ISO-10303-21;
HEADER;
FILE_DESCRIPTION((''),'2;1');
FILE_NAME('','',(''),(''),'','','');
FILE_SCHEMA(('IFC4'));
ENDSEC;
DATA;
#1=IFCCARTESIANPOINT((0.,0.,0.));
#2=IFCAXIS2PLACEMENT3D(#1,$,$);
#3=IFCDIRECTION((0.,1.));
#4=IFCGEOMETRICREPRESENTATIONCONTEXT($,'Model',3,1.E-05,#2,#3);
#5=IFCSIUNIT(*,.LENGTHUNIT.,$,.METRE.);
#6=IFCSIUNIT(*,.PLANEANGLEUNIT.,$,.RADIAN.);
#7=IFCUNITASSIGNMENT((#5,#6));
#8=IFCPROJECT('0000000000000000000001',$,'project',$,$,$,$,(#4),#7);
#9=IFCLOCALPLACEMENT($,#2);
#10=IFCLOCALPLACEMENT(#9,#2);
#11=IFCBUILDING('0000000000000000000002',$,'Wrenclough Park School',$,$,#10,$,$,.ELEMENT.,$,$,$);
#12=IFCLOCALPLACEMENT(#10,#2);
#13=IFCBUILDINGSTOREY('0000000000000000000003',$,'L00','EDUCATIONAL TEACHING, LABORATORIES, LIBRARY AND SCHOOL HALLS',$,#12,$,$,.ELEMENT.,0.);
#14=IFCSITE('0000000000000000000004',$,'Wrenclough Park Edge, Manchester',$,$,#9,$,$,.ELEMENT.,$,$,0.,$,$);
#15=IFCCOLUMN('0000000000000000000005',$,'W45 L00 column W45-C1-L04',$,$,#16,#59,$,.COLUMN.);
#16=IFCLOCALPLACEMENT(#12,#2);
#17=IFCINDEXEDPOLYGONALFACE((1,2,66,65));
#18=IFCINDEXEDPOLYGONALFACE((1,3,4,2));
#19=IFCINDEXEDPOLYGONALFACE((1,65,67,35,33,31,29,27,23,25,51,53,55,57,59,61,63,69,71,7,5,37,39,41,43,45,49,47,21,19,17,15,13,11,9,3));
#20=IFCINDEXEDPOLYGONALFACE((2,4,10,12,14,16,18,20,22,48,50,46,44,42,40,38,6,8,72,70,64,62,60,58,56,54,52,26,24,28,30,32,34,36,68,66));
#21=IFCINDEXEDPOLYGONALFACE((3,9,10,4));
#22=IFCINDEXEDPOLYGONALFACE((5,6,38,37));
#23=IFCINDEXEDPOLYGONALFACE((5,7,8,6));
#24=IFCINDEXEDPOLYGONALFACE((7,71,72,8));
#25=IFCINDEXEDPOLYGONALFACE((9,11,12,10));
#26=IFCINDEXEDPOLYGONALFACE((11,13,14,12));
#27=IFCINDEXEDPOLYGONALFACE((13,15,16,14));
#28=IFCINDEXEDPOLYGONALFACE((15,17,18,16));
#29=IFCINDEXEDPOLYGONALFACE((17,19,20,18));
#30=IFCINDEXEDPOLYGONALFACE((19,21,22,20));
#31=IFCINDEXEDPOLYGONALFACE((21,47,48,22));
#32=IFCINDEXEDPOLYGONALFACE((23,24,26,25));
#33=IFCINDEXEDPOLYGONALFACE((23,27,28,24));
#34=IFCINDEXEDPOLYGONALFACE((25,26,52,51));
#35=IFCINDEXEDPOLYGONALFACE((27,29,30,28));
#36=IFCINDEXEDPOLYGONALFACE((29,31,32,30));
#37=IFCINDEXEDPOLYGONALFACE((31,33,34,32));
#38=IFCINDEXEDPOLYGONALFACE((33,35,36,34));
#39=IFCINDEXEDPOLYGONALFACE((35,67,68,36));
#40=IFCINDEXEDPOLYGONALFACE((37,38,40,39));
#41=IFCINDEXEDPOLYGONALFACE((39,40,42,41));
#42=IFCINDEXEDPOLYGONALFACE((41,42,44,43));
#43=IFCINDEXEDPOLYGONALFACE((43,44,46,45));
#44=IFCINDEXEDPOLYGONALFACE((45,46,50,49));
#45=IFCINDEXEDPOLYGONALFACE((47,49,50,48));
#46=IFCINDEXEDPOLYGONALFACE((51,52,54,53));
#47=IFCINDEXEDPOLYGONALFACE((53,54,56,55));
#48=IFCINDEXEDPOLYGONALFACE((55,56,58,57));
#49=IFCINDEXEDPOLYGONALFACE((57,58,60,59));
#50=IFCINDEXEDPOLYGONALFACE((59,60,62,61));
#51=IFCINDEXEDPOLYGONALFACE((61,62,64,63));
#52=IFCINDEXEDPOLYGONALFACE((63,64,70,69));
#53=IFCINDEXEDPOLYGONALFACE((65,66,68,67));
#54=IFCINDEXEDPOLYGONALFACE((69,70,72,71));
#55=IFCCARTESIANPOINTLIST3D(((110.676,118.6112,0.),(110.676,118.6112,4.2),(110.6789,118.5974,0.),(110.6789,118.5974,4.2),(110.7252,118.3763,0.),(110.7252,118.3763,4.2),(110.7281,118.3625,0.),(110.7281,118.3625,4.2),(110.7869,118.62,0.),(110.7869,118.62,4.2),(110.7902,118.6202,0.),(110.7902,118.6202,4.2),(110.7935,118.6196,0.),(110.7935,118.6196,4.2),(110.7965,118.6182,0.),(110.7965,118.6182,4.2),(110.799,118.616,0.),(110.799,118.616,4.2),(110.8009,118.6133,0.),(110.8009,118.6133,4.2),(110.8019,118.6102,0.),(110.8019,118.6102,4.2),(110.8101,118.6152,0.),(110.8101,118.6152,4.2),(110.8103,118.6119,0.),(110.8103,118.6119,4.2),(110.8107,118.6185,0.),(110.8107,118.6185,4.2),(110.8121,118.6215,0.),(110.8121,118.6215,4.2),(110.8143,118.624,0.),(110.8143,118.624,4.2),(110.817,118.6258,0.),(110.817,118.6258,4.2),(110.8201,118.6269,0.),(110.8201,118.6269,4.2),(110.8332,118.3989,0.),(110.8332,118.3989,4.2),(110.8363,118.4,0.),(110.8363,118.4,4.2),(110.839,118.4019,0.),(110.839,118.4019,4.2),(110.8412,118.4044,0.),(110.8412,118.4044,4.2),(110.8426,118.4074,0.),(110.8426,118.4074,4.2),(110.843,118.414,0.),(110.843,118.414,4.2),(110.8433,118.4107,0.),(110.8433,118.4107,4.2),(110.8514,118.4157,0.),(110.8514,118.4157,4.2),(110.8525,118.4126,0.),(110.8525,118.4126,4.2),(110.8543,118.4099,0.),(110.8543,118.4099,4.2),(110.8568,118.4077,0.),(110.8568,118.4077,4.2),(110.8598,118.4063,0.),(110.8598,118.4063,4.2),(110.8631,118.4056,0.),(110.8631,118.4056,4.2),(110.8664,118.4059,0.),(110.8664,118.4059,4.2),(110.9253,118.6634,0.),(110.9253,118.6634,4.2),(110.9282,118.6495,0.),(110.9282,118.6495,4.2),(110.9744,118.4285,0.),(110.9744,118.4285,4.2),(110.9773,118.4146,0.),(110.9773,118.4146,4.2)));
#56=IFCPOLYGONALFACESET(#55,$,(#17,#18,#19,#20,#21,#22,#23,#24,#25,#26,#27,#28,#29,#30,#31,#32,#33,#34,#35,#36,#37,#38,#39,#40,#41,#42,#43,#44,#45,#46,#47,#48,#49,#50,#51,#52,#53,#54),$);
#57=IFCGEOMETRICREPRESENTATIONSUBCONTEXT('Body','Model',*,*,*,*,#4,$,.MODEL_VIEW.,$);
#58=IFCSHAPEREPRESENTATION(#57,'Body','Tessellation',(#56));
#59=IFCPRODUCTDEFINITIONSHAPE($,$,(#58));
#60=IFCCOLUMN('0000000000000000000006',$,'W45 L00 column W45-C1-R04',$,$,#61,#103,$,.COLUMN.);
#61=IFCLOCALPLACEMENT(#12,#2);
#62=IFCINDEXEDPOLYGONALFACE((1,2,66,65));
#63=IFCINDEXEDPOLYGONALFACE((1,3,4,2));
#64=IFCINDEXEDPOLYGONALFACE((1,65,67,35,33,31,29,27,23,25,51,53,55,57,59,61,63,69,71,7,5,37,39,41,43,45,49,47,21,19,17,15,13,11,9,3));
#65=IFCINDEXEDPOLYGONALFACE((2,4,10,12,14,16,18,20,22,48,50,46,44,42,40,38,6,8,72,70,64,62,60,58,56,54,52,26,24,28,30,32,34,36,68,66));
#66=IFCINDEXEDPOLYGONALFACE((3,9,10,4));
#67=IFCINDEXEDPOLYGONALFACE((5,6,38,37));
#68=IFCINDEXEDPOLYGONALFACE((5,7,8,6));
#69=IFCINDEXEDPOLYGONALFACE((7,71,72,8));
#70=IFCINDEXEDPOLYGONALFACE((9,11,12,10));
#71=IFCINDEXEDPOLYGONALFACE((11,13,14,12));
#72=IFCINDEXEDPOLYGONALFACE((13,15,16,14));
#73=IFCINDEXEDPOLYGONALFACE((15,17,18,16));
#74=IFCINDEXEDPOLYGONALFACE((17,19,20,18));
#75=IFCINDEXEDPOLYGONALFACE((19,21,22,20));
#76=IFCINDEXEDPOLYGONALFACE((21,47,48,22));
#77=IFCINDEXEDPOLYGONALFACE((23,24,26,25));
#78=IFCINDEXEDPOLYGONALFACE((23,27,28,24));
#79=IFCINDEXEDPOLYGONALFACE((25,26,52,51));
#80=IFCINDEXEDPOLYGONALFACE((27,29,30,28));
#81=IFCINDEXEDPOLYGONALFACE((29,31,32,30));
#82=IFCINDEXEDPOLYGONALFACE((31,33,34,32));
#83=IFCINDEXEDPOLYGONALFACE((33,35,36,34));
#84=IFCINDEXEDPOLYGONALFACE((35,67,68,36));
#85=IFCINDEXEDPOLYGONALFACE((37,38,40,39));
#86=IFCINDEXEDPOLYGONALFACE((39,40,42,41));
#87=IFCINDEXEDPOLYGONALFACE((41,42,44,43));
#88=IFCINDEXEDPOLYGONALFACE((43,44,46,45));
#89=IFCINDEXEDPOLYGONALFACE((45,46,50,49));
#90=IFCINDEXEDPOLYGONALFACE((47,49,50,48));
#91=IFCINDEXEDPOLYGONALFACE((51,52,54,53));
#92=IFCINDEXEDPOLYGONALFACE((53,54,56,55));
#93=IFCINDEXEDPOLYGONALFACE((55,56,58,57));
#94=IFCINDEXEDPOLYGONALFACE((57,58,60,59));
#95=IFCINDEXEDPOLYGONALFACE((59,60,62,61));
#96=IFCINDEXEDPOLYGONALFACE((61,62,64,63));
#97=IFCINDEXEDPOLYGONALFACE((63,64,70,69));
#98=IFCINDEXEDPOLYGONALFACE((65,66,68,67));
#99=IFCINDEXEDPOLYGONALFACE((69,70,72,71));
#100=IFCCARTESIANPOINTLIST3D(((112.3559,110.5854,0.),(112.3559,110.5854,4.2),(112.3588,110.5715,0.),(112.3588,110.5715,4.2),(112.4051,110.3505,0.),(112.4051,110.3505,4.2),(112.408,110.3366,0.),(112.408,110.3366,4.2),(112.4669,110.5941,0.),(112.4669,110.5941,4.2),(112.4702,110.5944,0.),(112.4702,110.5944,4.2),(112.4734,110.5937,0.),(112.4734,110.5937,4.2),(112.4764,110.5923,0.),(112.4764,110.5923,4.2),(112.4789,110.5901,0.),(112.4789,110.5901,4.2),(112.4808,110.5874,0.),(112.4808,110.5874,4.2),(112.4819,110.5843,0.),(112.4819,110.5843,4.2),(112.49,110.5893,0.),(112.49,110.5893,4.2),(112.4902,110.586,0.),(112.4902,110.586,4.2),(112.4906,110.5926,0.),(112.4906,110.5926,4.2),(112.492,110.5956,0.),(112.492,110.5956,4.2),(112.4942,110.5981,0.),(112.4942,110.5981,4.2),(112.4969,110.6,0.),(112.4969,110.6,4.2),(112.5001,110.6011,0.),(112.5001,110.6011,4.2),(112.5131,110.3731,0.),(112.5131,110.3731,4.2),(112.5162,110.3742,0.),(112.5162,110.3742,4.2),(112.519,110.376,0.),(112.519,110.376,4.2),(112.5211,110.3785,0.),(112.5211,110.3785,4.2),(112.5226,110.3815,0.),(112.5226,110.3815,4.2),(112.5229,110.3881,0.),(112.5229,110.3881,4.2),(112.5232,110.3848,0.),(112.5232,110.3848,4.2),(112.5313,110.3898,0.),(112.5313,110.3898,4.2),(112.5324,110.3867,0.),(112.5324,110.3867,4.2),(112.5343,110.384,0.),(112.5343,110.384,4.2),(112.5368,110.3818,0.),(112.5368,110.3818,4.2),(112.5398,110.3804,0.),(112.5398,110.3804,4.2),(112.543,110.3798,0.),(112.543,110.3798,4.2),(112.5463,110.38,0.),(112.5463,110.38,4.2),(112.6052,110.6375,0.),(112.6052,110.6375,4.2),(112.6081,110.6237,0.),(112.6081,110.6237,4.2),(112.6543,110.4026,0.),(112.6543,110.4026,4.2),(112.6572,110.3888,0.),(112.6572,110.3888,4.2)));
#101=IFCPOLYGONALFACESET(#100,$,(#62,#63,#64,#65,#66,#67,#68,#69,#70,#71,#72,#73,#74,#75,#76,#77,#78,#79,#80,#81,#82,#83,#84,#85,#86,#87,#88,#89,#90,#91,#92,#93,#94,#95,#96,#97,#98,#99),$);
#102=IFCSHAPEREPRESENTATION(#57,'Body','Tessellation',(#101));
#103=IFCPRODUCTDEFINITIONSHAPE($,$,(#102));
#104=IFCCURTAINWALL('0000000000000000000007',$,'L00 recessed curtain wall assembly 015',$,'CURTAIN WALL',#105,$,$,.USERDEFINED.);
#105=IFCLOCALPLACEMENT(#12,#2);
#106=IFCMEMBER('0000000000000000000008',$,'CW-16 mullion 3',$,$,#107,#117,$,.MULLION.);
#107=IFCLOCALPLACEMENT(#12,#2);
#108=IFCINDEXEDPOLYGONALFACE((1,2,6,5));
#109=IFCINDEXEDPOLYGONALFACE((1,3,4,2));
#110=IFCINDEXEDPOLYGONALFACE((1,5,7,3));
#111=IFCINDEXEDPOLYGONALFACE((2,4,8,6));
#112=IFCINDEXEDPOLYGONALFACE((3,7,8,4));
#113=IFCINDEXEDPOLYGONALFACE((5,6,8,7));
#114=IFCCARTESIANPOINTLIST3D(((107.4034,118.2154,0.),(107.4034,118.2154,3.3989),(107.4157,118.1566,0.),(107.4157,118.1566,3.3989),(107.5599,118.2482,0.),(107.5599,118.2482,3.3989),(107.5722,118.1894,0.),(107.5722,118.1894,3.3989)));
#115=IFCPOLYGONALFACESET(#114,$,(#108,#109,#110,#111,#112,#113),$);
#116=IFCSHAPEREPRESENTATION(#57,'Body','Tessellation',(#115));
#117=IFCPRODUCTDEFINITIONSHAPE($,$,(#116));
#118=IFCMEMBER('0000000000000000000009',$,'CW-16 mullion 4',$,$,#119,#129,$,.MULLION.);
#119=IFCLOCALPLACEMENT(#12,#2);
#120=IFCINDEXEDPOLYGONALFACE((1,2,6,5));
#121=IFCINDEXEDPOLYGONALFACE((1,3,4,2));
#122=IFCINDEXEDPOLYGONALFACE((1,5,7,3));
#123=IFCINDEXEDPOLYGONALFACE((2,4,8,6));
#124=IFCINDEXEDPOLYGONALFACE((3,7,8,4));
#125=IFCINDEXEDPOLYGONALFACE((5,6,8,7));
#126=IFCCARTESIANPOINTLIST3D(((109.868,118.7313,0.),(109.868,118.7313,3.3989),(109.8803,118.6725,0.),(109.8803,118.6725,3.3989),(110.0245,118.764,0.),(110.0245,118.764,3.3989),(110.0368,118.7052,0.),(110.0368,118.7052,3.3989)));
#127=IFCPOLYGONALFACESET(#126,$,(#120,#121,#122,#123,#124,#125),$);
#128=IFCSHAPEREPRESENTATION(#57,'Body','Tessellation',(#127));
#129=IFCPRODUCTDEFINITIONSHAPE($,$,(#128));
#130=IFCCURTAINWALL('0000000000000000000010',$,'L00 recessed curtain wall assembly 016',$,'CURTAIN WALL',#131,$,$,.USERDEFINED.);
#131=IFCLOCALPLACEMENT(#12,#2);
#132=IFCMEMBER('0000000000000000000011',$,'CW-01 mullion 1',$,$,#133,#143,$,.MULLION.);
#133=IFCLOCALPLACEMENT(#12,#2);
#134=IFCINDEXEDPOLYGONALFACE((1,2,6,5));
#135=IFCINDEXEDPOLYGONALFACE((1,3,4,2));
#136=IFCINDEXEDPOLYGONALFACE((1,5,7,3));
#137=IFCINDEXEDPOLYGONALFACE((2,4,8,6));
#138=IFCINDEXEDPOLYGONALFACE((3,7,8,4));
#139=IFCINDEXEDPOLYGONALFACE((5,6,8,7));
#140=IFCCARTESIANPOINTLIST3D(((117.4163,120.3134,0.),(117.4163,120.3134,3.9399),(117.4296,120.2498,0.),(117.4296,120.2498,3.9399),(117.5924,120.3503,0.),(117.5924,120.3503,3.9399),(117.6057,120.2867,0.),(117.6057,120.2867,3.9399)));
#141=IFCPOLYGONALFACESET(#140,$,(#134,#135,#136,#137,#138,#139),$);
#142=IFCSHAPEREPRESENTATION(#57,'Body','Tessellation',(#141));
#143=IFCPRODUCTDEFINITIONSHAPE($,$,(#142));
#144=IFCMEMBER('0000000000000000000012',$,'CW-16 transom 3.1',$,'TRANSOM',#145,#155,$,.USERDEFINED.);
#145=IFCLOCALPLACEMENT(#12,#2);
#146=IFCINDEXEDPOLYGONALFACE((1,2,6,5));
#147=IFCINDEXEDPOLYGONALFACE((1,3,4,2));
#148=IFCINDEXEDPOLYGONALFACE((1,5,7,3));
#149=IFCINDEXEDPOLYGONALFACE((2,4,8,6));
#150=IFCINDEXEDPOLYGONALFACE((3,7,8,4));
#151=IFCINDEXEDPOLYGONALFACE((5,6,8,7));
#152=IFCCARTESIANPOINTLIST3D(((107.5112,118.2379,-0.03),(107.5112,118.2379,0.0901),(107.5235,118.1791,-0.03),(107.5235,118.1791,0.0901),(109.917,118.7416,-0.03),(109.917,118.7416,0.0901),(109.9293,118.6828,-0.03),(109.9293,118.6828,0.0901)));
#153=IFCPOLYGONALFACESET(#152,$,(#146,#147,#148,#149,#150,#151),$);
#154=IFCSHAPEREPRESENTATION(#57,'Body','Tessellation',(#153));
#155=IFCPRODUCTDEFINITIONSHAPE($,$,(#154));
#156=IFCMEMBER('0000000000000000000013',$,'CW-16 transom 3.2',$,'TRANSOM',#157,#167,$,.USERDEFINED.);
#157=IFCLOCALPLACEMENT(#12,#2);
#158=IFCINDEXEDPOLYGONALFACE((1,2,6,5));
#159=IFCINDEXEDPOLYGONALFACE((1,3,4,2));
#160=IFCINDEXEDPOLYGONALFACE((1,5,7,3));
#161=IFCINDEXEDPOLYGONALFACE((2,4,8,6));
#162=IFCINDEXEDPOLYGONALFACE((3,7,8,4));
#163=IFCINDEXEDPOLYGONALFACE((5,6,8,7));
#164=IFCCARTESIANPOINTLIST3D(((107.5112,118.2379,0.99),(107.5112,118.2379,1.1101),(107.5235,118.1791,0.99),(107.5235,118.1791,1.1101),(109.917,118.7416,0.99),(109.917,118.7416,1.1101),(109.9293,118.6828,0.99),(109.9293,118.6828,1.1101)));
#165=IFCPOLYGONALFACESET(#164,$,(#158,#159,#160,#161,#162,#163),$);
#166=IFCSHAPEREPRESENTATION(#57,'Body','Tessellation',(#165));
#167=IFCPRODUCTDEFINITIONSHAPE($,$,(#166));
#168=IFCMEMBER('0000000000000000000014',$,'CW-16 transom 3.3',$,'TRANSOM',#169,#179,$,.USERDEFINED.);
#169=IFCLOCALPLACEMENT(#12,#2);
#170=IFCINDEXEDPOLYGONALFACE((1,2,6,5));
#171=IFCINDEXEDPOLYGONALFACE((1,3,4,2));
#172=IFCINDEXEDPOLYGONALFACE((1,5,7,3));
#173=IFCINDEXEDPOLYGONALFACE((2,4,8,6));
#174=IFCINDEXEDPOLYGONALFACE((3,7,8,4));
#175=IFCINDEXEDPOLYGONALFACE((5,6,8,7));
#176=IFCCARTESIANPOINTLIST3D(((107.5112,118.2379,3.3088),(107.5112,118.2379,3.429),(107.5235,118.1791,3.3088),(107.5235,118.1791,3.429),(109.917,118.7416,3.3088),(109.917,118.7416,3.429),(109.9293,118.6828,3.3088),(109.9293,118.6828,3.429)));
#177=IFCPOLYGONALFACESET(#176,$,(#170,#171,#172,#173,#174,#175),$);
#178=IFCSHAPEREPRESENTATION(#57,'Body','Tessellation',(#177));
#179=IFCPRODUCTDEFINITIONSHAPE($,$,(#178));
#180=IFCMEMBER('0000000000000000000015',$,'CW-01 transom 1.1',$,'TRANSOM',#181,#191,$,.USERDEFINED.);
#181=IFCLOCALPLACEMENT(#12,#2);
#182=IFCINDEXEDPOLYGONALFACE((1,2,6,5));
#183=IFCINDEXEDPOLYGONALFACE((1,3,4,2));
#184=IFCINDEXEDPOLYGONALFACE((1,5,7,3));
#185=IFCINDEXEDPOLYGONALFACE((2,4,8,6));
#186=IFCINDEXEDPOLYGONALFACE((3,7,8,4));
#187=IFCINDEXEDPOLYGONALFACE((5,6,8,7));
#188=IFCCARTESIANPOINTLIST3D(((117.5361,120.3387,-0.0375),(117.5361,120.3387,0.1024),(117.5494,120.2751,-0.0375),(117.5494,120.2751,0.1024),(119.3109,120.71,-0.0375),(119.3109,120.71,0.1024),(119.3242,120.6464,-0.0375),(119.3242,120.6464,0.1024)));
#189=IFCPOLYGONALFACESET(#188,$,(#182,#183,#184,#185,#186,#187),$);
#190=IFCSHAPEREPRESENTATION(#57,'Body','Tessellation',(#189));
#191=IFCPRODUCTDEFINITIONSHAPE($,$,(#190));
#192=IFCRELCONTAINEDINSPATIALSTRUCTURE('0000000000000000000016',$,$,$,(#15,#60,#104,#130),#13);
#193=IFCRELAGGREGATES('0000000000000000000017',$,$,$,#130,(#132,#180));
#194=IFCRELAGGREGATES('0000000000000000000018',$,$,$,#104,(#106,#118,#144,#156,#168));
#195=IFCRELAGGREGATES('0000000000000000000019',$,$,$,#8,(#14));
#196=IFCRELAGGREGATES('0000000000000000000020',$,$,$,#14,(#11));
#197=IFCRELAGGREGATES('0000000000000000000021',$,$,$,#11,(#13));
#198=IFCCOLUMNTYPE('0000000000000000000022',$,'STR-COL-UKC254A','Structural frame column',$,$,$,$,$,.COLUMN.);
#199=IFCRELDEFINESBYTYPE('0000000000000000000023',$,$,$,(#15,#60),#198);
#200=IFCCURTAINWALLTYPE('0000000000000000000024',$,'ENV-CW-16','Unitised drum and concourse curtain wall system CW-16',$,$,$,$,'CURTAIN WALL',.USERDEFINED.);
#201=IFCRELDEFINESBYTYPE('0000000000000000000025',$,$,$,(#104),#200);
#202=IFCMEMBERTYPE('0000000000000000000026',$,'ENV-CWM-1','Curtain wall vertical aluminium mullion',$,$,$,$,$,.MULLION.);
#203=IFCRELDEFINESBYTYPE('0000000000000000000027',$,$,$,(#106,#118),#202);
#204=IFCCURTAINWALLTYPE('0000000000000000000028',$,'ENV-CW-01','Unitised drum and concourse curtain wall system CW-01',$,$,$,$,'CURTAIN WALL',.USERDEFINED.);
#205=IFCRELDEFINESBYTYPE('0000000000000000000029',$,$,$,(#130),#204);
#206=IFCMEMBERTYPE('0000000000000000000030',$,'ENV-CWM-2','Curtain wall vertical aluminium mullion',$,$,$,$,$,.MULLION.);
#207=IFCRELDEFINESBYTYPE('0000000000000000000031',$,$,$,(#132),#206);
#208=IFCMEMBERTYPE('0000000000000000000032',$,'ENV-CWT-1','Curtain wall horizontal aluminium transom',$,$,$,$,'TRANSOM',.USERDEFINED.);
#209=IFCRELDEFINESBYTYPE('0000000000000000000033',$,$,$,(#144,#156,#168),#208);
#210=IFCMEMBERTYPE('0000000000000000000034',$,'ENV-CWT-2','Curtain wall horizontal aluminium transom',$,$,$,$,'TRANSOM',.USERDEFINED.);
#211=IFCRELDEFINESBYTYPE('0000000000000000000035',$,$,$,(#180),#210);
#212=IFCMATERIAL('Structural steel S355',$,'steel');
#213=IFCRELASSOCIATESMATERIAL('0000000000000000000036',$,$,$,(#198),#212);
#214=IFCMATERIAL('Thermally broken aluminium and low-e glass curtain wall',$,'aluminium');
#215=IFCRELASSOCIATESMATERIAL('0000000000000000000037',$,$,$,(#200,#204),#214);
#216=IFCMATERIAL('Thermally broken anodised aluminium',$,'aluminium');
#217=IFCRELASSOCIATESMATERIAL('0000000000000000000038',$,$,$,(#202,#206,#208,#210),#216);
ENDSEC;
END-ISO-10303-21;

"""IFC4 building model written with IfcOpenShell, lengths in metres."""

from ifc_helpers import new_model, si_unit, direction, frame, origin, origin_2d, place, context, subcontext, project, spatial, rectangle, i_section, extrude, material, material_profile, profile_set, type_object, element, aggregate, save


model = new_model("IFC4")

# Units and contexts
model_context = context("Model", 3, precision=1e-05, world=origin(), true_north=direction((0.0, 1.0)))
body_context = subcontext(model_context, "Body", "Model", "MODEL_VIEW")
ifc_project = project(units=[si_unit("LENGTHUNIT", "METRE"), si_unit("PLANEANGLEUNIT", "RADIAN")], contexts=[model_context])

# Site, building, storey
site_placement = place(None, origin())
site = spatial("IfcSite", under=ifc_project, at=site_placement, Name="Wrenclough Park Edge, Manchester", CompositionType="ELEMENT", RefElevation=0.0)
building_placement = place(site_placement, origin())
building = spatial("IfcBuilding", under=site, at=building_placement, Name="Wrenclough Park School", CompositionType="ELEMENT")
storey_placement = place(building_placement, origin())
storey = spatial("IfcBuildingStorey", under=building, at=storey_placement, Name="L00", Description="EDUCATIONAL TEACHING, LABORATORIES, LIBRARY AND SCHOOL HALLS", CompositionType="ELEMENT", Elevation=0.0)

# Columns
ifc_material_1 = material(Name="Structural steel S355", Category="steel")
ifc_material_profile_1 = material_profile(ifc_material_1, i_section(OverallWidth=0.2546, OverallDepth=0.2542, WebThickness=0.0085, FlangeThickness=0.0142, FilletRadius=0.0127, at=origin_2d()), Name="UKC 254x254x73")
ifc_profile_set_1 = profile_set([ifc_material_profile_1], Name="Structural steel S355")
column_type = type_object("IfcColumnType", Name="STR-COL-UKC254A", Description="Structural frame column", PredefinedType="COLUMN", material=ifc_profile_set_1)
for number, where, z_axis, x_axis, name in (
    (1, (110.8267, 118.5129, 0.0), (0.0, 0.0, 1.0), (0.978796, 0.204838, 0.0), "W45 L00 column W45-C1-L04"),
    (2, (112.5066, 110.4871, 0.0), (0.0, 0.0, 1.0), (0.978796, 0.204838, 0.0), "W45 L00 column W45-C1-R04"),
):
    element("IfcColumn", number, at=place(storey_placement, frame(where, z_axis=z_axis, x_axis=x_axis)), inside=storey, type_object=column_type, Name=name, PredefinedType="COLUMN", context=body_context, shape_type="SweptSolid", body=[
        extrude(i_section(OverallWidth=0.2546, OverallDepth=0.2542, WebThickness=0.0085, FlangeThickness=0.0142, FilletRadius=0.0127, at=origin_2d()), origin(), (0.0, 0.0, 1.0), 4.2),
    ])

# Curtain wall, members
ifc_material_2 = material(Name="Thermally broken aluminium and low-e glass curtain wall", Category="aluminium")
curtain_wall_type_1 = type_object("IfcCurtainWallType", Name="ENV-CW-16", Description="Unitised drum and concourse curtain wall system CW-16", ElementType="CURTAIN WALL", PredefinedType="USERDEFINED", material=ifc_material_2)
curtain_wall_1_placement = place(storey_placement, origin())
curtain_wall_1 = element("IfcCurtainWall", 3, at=curtain_wall_1_placement, inside=storey, type_object=curtain_wall_type_1, Name="L00 recessed curtain wall assembly 015", ObjectType="CURTAIN WALL", PredefinedType="USERDEFINED")
ifc_material_3 = material(Name="Thermally broken anodised aluminium", Category="aluminium")
ifc_material_profile_2 = material_profile(ifc_material_3, rectangle(XDim=0.0601, YDim=0.1599, at=origin_2d()), Name="AL MULLION 60x160")
ifc_profile_set_2 = profile_set([ifc_material_profile_2], Name="Thermally broken anodised aluminium")
member_type_1 = type_object("IfcMemberType", Name="ENV-CWM-1", Description="Curtain wall vertical aluminium mullion", PredefinedType="MULLION", material=ifc_profile_set_2)
member_1_placement = place(storey_placement, frame((107.4878, 118.2024, 0.0), z_axis=(0.0, 0.0, 1.0), x_axis=(-0.204858, 0.978792, 0.0)))
member_1 = element("IfcMember", 4, at=member_1_placement, type_object=member_type_1, Name="CW-16 mullion 3", PredefinedType="MULLION", context=body_context, shape_type="SweptSolid", body=[
    extrude(rectangle(XDim=0.0601, YDim=0.1599, at=origin_2d()), origin(), (0.0, 0.0, 1.0), 3.3989),
])
member_2_placement = place(storey_placement, frame((109.9524, 118.7183, 0.0), z_axis=(0.0, 0.0, 1.0), x_axis=(-0.204858, 0.978792, 0.0)))
member_2 = element("IfcMember", 5, at=member_2_placement, type_object=member_type_1, Name="CW-16 mullion 4", PredefinedType="MULLION", context=body_context, shape_type="SweptSolid", body=[
    extrude(rectangle(XDim=0.0601, YDim=0.1599, at=origin_2d()), origin(), (0.0, 0.0, 1.0), 3.3989),
])

# Curtain wall, member
curtain_wall_type_2 = type_object("IfcCurtainWallType", Name="ENV-CW-01", Description="Unitised drum and concourse curtain wall system CW-01", ElementType="CURTAIN WALL", PredefinedType="USERDEFINED", material=ifc_material_2)
curtain_wall_2_placement = place(storey_placement, origin())
curtain_wall_2 = element("IfcCurtainWall", 6, at=curtain_wall_2_placement, inside=storey, type_object=curtain_wall_type_2, Name="L00 recessed curtain wall assembly 016", ObjectType="CURTAIN WALL", PredefinedType="USERDEFINED")
ifc_material_profile_3 = material_profile(ifc_material_3, rectangle(XDim=0.0649, YDim=0.1799, at=origin_2d()), Name="AL MULLION 65x180")
ifc_profile_set_3 = profile_set([ifc_material_profile_3], Name="Thermally broken anodised aluminium")
member_type_2 = type_object("IfcMemberType", Name="ENV-CWM-2", Description="Curtain wall vertical aluminium mullion", PredefinedType="MULLION", material=ifc_profile_set_3)
member_3_placement = place(storey_placement, frame((117.511, 120.3, 0.0), z_axis=(0.0, 0.0, 1.0), x_axis=(-0.204871, 0.978789, 0.0)))
member_3 = element("IfcMember", 7, at=member_3_placement, type_object=member_type_2, Name="CW-01 mullion 1", PredefinedType="MULLION", context=body_context, shape_type="SweptSolid", body=[
    extrude(rectangle(XDim=0.0649, YDim=0.1799, at=origin_2d()), origin(), (0.0, 0.0, 1.0), 3.9399),
])

# Members
ifc_material_profile_4 = material_profile(ifc_material_3, rectangle(XDim=0.0601, YDim=0.1201, at=origin_2d()), Name="AL TRANSOM 60x120")
ifc_profile_set_4 = profile_set([ifc_material_profile_4], Name="Thermally broken anodised aluminium")
member_type_3 = type_object("IfcMemberType", Name="ENV-CWT-1", Description="Curtain wall horizontal aluminium transom", ElementType="TRANSOM", PredefinedType="USERDEFINED", material=ifc_profile_set_4)
member_4_placement = place(storey_placement, frame((107.5173, 118.2085, 0.03), z_axis=(0.97878, 0.204914, 0.0), x_axis=(-0.204914, 0.97878, 0.0)))
member_4 = element("IfcMember", 8, at=member_4_placement, type_object=member_type_3, Name="CW-16 transom 3.1", ObjectType="TRANSOM", PredefinedType="USERDEFINED", context=body_context, shape_type="SweptSolid", body=[
    extrude(rectangle(XDim=0.0601, YDim=0.1201, at=origin_2d()), origin(), (0.0, 0.0, 1.0), 2.458),
])
member_5_placement = place(storey_placement, frame((107.5173, 118.2085, 1.05), z_axis=(0.97878, 0.204914, 0.0), x_axis=(-0.204914, 0.97878, 0.0)))
member_5 = element("IfcMember", 9, at=member_5_placement, type_object=member_type_3, Name="CW-16 transom 3.2", ObjectType="TRANSOM", PredefinedType="USERDEFINED", context=body_context, shape_type="SweptSolid", body=[
    extrude(rectangle(XDim=0.0601, YDim=0.1201, at=origin_2d()), origin(), (0.0, 0.0, 1.0), 2.458),
])
member_6_placement = place(storey_placement, frame((107.5173, 118.2085, 3.3689), z_axis=(0.97878, 0.204914, 0.0), x_axis=(-0.204914, 0.97878, 0.0)))
member_6 = element("IfcMember", 10, at=member_6_placement, type_object=member_type_3, Name="CW-16 transom 3.3", ObjectType="TRANSOM", PredefinedType="USERDEFINED", context=body_context, shape_type="SweptSolid", body=[
    extrude(rectangle(XDim=0.0601, YDim=0.1201, at=origin_2d()), origin(), (0.0, 0.0, 1.0), 2.458),
])
ifc_material_profile_5 = material_profile(ifc_material_3, rectangle(XDim=0.0649, YDim=0.1399, at=origin_2d()), Name="AL TRANSOM 65x140")
ifc_profile_set_5 = profile_set([ifc_material_profile_5], Name="Thermally broken anodised aluminium")
member_type_4 = type_object("IfcMemberType", Name="ENV-CWT-2", Description="Curtain wall horizontal aluminium transom", ElementType="TRANSOM", PredefinedType="USERDEFINED", material=ifc_profile_set_5)
member_7_placement = place(storey_placement, frame((117.5427, 120.3069, 0.0325), z_axis=(0.978808, 0.204782, 0.0), x_axis=(-0.204782, 0.978808, 0.0)))
member_7 = element("IfcMember", 11, at=member_7_placement, type_object=member_type_4, Name="CW-01 transom 1.1", ObjectType="TRANSOM", PredefinedType="USERDEFINED", context=body_context, shape_type="SweptSolid", body=[
    extrude(rectangle(XDim=0.0649, YDim=0.1399, at=origin_2d()), origin(), (0.0, 0.0, 1.0), 1.8132),
])
aggregate(curtain_wall_2, [member_3, member_7])

aggregate(curtain_wall_1, [member_1, member_2, member_4, member_5, member_6])

save(model, "model.ifc")
